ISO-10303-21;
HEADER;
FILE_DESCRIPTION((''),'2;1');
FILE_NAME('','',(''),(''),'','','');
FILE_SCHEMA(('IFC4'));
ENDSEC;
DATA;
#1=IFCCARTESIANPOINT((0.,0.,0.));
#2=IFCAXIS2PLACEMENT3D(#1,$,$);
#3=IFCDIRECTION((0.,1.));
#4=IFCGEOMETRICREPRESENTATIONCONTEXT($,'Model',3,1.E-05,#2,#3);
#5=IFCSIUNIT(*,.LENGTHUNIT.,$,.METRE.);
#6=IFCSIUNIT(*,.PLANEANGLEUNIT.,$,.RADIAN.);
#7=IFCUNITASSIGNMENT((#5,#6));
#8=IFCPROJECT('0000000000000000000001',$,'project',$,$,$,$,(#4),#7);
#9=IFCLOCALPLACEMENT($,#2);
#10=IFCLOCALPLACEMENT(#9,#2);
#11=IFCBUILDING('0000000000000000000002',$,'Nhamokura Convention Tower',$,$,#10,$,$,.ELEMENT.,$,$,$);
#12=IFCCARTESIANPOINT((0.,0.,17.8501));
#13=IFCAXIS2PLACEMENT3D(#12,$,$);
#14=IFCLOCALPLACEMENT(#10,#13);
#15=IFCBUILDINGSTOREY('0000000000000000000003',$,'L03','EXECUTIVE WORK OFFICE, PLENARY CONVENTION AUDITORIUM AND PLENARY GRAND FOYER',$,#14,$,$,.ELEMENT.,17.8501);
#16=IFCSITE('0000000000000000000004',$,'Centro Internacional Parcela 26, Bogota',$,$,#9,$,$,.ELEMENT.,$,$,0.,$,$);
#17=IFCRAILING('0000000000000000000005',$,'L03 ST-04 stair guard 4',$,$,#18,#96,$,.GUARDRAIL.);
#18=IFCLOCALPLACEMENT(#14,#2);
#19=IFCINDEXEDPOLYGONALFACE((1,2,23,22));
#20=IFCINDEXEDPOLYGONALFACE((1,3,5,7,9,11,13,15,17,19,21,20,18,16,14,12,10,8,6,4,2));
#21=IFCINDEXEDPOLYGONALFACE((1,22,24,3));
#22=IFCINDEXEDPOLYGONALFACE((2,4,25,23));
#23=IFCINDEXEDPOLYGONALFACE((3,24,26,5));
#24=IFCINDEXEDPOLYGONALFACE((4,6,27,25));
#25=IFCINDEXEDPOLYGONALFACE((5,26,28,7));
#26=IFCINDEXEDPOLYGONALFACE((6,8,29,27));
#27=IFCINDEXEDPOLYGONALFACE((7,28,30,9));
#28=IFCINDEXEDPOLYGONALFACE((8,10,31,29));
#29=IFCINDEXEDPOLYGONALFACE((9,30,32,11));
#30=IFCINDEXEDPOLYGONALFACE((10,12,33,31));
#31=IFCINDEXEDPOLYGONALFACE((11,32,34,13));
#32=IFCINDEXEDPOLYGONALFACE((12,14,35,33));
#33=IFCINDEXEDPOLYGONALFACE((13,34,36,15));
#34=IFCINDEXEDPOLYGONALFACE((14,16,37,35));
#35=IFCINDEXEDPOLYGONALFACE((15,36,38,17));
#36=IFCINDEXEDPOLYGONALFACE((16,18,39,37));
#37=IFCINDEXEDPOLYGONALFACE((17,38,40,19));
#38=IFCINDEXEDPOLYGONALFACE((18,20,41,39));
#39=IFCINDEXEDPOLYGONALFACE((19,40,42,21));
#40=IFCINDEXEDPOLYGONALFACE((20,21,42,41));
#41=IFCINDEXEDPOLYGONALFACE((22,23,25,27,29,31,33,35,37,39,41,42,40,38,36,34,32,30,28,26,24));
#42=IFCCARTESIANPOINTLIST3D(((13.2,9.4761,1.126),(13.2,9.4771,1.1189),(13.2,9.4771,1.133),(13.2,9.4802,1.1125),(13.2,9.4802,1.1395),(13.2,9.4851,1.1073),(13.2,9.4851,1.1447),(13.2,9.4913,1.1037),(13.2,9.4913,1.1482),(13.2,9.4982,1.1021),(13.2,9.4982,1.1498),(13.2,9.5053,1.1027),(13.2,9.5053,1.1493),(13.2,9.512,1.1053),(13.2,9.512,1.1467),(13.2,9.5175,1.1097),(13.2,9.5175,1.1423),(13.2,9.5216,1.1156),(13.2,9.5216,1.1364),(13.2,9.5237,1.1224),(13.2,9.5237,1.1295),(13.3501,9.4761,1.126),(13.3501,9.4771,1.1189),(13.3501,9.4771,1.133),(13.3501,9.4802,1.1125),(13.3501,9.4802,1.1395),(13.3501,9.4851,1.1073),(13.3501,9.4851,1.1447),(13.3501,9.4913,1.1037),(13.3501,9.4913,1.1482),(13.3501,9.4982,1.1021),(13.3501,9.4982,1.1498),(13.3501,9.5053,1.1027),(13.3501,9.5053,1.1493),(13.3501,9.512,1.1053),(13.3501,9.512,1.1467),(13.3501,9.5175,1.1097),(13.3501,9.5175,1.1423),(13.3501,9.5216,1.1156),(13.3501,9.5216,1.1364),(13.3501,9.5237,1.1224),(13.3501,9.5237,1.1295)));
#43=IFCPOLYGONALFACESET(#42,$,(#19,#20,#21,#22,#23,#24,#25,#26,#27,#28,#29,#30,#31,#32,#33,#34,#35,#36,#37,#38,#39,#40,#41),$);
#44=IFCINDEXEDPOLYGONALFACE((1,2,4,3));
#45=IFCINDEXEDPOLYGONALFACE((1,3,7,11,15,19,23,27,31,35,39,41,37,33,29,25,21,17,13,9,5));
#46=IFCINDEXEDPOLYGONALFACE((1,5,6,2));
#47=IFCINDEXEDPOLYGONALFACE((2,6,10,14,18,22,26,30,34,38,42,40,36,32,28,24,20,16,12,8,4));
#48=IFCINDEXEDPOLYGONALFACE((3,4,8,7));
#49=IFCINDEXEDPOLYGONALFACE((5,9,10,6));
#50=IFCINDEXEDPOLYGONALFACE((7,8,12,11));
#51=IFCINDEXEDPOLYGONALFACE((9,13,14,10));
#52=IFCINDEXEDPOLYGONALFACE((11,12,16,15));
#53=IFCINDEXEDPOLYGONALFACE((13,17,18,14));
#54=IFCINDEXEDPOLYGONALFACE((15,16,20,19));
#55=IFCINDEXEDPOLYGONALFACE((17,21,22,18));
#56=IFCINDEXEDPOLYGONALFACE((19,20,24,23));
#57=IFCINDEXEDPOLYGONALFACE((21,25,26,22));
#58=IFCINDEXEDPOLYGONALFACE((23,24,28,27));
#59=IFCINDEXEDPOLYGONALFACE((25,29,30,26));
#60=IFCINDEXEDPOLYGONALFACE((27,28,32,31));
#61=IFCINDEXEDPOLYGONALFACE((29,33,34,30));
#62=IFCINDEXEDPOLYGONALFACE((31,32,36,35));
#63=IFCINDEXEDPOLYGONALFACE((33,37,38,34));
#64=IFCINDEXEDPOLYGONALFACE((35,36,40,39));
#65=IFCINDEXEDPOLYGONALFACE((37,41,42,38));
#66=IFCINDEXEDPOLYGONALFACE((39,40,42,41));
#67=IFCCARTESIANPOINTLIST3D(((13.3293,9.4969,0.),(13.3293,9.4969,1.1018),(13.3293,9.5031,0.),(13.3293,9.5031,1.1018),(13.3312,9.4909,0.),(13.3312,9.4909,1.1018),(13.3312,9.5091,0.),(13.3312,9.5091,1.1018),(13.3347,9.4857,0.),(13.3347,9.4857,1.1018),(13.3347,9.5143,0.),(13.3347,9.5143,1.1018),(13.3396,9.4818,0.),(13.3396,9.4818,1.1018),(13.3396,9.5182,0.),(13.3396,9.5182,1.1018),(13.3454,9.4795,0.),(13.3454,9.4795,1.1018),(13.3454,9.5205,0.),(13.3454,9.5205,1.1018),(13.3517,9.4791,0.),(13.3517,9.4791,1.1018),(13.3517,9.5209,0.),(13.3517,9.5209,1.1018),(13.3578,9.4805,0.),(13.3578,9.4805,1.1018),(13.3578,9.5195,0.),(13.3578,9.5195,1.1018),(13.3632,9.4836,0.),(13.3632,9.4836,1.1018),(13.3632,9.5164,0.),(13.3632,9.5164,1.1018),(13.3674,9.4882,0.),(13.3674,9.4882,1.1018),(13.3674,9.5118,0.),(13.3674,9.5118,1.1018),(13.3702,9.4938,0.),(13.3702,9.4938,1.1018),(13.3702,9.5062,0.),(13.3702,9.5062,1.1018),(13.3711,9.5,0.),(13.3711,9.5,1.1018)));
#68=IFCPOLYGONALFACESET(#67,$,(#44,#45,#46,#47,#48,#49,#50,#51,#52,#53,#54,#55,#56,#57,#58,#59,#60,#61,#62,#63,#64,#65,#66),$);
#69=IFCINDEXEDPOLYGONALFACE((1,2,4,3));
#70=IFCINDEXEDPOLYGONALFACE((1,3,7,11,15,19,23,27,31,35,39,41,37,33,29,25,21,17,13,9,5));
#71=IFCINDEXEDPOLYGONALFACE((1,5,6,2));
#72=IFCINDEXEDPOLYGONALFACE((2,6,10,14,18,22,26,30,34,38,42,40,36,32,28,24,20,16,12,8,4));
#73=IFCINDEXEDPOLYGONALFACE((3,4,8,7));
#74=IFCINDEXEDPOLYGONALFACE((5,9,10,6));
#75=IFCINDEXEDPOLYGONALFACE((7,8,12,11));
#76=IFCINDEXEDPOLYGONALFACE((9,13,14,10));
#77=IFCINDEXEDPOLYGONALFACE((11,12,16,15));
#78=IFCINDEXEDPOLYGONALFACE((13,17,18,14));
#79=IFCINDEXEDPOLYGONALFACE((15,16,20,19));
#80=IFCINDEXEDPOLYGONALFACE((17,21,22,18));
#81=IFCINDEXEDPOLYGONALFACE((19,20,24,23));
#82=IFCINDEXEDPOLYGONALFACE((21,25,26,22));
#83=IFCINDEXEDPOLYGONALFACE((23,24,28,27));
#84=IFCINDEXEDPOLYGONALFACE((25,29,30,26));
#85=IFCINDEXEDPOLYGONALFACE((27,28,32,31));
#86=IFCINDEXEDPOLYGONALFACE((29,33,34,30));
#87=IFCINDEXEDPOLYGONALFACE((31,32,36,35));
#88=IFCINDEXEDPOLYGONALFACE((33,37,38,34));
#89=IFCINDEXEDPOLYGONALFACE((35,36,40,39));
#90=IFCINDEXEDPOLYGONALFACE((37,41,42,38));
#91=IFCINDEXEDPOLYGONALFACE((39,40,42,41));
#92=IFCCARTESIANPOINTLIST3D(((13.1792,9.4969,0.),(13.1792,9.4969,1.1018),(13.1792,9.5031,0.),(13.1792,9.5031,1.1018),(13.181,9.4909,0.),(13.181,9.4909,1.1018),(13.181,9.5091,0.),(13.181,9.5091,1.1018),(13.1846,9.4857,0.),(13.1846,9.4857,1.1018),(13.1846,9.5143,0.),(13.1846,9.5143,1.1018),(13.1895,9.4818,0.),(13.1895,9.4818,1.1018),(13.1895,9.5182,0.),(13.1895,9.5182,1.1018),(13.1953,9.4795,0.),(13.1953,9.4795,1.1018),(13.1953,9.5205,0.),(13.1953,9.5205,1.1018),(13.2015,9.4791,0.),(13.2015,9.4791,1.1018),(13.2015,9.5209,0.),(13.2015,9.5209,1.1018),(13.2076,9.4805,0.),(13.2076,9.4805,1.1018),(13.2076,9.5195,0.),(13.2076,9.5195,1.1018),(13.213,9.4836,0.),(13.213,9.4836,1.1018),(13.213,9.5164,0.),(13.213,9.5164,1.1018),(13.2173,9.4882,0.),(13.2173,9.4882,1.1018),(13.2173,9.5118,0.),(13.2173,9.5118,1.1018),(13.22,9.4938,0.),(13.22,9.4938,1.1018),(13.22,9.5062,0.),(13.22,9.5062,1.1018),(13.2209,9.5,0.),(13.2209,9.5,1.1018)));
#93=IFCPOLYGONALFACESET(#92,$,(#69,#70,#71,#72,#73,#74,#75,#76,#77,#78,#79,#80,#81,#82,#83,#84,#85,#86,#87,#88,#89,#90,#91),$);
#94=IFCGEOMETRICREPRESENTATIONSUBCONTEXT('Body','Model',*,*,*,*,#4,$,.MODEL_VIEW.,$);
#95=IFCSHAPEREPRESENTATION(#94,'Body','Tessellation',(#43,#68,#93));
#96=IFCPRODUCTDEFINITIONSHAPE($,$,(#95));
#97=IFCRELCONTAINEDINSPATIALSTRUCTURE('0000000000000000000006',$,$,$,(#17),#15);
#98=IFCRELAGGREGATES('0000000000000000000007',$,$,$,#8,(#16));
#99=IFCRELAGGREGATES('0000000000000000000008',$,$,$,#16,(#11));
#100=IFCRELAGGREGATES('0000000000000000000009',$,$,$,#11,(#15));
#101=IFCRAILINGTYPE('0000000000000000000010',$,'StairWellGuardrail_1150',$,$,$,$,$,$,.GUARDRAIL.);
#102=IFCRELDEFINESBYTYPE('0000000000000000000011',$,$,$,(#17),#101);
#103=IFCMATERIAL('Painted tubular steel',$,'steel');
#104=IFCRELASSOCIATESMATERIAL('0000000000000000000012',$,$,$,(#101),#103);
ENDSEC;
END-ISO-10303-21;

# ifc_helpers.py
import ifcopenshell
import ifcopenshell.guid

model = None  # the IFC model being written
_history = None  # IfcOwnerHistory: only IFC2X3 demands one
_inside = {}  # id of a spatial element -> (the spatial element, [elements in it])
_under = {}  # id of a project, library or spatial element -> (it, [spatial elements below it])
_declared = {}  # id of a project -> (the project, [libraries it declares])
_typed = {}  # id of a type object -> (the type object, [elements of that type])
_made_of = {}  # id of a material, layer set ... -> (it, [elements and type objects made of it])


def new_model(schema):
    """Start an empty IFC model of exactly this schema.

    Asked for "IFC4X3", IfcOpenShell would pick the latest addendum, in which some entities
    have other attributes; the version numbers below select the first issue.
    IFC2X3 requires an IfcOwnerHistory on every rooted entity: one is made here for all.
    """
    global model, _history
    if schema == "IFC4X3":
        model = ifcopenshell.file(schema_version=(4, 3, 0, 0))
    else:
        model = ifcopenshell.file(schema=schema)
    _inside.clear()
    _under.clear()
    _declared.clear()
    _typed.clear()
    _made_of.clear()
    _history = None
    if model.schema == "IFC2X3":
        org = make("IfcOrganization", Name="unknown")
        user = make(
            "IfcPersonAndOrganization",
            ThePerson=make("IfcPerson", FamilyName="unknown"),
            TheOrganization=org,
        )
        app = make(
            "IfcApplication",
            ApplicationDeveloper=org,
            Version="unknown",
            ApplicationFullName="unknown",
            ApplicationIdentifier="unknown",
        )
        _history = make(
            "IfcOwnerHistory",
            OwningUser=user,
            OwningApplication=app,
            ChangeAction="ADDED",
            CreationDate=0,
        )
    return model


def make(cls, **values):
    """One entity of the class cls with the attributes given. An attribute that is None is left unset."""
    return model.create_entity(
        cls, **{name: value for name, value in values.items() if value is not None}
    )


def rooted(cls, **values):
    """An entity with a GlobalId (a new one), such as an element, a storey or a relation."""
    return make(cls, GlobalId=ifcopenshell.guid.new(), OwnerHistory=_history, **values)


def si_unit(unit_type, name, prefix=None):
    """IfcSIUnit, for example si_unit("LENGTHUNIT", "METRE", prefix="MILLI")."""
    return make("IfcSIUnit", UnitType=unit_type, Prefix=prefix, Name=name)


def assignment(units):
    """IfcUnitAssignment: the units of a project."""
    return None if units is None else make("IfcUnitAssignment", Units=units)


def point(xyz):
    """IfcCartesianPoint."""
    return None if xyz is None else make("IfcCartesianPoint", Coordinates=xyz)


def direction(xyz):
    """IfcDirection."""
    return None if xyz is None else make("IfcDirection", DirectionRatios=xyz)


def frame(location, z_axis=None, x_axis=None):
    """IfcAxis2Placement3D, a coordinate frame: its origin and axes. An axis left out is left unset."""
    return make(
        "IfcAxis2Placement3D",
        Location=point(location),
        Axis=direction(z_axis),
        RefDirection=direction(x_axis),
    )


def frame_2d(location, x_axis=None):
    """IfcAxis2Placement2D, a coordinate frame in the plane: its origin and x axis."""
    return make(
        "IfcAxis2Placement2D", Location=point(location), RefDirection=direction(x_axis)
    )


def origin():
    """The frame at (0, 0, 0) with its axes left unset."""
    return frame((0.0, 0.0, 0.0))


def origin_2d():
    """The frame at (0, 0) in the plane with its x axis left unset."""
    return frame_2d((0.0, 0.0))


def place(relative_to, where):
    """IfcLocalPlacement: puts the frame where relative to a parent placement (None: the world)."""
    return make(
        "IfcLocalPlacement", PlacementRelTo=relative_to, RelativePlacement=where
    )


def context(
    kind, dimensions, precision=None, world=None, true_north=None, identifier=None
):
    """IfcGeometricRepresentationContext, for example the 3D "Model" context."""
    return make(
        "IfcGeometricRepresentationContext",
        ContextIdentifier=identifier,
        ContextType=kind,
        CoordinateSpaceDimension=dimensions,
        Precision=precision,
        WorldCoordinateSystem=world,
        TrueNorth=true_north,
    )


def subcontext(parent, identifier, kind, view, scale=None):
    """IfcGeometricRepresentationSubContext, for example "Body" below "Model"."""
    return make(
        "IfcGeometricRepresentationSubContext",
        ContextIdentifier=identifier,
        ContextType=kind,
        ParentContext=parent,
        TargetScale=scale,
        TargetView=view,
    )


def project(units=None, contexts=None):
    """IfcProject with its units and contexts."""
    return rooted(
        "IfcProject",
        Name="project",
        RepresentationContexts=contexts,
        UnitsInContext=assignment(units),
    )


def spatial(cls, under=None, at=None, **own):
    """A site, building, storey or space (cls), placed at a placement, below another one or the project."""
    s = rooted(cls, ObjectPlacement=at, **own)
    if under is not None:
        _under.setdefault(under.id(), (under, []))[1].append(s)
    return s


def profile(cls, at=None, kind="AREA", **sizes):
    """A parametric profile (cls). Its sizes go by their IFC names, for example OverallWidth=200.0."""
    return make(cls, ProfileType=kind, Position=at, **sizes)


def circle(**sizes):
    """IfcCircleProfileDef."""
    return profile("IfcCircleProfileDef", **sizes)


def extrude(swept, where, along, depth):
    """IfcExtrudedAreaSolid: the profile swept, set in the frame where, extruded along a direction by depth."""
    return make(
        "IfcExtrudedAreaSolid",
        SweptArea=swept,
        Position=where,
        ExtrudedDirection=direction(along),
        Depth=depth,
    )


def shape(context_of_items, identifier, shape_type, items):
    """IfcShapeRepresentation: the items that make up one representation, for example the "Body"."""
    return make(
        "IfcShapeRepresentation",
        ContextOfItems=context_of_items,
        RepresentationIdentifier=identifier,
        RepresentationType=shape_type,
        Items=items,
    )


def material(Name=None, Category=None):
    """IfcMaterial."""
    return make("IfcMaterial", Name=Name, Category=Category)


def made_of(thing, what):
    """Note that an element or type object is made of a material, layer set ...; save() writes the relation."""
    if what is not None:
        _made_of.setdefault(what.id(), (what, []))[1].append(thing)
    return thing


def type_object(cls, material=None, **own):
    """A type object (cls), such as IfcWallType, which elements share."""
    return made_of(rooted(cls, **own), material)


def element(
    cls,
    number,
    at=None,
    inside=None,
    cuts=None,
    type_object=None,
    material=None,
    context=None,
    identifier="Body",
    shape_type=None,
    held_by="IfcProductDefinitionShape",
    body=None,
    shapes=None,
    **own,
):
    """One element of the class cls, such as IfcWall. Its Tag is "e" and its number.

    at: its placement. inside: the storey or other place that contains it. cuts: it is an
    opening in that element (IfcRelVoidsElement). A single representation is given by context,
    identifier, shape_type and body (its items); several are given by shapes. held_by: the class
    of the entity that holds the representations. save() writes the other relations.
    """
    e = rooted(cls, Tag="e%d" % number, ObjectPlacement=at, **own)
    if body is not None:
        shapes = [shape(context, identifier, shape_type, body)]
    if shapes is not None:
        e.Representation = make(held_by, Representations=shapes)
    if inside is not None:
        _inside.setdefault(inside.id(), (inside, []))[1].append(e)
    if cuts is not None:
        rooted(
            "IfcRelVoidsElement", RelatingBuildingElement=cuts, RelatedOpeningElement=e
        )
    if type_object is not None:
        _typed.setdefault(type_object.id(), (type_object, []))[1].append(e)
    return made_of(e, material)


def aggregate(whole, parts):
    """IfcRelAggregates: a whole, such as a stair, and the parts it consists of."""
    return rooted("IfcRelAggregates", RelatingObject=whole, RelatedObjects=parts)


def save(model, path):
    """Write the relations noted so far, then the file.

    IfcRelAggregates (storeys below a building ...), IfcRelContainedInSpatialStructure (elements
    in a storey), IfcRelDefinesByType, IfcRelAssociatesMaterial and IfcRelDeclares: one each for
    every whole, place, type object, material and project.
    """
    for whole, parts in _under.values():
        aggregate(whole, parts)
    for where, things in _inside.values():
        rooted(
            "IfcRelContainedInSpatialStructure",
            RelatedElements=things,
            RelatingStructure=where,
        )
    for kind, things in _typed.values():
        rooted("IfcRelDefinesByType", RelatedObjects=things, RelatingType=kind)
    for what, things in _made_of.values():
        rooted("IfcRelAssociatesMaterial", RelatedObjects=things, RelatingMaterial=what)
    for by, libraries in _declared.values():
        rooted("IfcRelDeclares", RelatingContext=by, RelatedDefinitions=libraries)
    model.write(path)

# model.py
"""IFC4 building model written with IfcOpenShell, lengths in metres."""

from ifc_helpers import new_model, si_unit, direction, frame, origin, origin_2d, place, context, subcontext, project, spatial, circle, extrude, material, type_object, element, save


model = new_model("IFC4")

# Units and contexts
model_context = context("Model", 3, precision=1e-05, world=origin(), true_north=direction((0.0, 1.0)))
body_context = subcontext(model_context, "Body", "Model", "MODEL_VIEW")
ifc_project = project(units=[si_unit("LENGTHUNIT", "METRE"), si_unit("PLANEANGLEUNIT", "RADIAN")], contexts=[model_context])

# Site, building, storey
site_placement = place(None, origin())
site = spatial("IfcSite", under=ifc_project, at=site_placement, Name="Centro Internacional Parcela 26, Bogota", CompositionType="ELEMENT", RefElevation=0.0)
building_placement = place(site_placement, origin())
building = spatial("IfcBuilding", under=site, at=building_placement, Name="Nhamokura Convention Tower", CompositionType="ELEMENT")
storey_placement = place(building_placement, frame((0.0, 0.0, 17.8501)))
storey = spatial("IfcBuildingStorey", under=building, at=storey_placement, Name="L03", Description="EXECUTIVE WORK OFFICE, PLENARY CONVENTION AUDITORIUM AND PLENARY GRAND FOYER", CompositionType="ELEMENT", Elevation=17.8501)

# Railing
ifc_material_1 = material(Name="Painted tubular steel", Category="steel")
railing_type_1 = type_object("IfcRailingType", Name="StairWellGuardrail_1150", PredefinedType="GUARDRAIL", material=ifc_material_1)
railing_1_placement = place(storey_placement, frame((13.3501, 9.5, 0.0)))
element("IfcRailing", 1, at=railing_1_placement, inside=storey, type_object=railing_type_1, Name="L03 ST-04 stair guard 4", PredefinedType="GUARDRAIL", context=body_context, shape_type="SweptSolid", body=[
    extrude(circle(Radius=0.0239, at=origin_2d()), frame((0.0, 0.0, 1.126), z_axis=(-1.0, 0.0, 0.0), x_axis=(0.0, -1.0, 0.0)), (0.0, 0.0, 1.0), 0.1501),
    extrude(circle(Radius=0.021, at=origin_2d()), origin(), (0.0, 0.0, 1.0), 1.1018),
    extrude(circle(Radius=0.021, at=origin_2d()), frame((-0.1501, 0.0, 0.0)), (0.0, 0.0, 1.0), 1.1018),
])

save(model, "model.ifc")
